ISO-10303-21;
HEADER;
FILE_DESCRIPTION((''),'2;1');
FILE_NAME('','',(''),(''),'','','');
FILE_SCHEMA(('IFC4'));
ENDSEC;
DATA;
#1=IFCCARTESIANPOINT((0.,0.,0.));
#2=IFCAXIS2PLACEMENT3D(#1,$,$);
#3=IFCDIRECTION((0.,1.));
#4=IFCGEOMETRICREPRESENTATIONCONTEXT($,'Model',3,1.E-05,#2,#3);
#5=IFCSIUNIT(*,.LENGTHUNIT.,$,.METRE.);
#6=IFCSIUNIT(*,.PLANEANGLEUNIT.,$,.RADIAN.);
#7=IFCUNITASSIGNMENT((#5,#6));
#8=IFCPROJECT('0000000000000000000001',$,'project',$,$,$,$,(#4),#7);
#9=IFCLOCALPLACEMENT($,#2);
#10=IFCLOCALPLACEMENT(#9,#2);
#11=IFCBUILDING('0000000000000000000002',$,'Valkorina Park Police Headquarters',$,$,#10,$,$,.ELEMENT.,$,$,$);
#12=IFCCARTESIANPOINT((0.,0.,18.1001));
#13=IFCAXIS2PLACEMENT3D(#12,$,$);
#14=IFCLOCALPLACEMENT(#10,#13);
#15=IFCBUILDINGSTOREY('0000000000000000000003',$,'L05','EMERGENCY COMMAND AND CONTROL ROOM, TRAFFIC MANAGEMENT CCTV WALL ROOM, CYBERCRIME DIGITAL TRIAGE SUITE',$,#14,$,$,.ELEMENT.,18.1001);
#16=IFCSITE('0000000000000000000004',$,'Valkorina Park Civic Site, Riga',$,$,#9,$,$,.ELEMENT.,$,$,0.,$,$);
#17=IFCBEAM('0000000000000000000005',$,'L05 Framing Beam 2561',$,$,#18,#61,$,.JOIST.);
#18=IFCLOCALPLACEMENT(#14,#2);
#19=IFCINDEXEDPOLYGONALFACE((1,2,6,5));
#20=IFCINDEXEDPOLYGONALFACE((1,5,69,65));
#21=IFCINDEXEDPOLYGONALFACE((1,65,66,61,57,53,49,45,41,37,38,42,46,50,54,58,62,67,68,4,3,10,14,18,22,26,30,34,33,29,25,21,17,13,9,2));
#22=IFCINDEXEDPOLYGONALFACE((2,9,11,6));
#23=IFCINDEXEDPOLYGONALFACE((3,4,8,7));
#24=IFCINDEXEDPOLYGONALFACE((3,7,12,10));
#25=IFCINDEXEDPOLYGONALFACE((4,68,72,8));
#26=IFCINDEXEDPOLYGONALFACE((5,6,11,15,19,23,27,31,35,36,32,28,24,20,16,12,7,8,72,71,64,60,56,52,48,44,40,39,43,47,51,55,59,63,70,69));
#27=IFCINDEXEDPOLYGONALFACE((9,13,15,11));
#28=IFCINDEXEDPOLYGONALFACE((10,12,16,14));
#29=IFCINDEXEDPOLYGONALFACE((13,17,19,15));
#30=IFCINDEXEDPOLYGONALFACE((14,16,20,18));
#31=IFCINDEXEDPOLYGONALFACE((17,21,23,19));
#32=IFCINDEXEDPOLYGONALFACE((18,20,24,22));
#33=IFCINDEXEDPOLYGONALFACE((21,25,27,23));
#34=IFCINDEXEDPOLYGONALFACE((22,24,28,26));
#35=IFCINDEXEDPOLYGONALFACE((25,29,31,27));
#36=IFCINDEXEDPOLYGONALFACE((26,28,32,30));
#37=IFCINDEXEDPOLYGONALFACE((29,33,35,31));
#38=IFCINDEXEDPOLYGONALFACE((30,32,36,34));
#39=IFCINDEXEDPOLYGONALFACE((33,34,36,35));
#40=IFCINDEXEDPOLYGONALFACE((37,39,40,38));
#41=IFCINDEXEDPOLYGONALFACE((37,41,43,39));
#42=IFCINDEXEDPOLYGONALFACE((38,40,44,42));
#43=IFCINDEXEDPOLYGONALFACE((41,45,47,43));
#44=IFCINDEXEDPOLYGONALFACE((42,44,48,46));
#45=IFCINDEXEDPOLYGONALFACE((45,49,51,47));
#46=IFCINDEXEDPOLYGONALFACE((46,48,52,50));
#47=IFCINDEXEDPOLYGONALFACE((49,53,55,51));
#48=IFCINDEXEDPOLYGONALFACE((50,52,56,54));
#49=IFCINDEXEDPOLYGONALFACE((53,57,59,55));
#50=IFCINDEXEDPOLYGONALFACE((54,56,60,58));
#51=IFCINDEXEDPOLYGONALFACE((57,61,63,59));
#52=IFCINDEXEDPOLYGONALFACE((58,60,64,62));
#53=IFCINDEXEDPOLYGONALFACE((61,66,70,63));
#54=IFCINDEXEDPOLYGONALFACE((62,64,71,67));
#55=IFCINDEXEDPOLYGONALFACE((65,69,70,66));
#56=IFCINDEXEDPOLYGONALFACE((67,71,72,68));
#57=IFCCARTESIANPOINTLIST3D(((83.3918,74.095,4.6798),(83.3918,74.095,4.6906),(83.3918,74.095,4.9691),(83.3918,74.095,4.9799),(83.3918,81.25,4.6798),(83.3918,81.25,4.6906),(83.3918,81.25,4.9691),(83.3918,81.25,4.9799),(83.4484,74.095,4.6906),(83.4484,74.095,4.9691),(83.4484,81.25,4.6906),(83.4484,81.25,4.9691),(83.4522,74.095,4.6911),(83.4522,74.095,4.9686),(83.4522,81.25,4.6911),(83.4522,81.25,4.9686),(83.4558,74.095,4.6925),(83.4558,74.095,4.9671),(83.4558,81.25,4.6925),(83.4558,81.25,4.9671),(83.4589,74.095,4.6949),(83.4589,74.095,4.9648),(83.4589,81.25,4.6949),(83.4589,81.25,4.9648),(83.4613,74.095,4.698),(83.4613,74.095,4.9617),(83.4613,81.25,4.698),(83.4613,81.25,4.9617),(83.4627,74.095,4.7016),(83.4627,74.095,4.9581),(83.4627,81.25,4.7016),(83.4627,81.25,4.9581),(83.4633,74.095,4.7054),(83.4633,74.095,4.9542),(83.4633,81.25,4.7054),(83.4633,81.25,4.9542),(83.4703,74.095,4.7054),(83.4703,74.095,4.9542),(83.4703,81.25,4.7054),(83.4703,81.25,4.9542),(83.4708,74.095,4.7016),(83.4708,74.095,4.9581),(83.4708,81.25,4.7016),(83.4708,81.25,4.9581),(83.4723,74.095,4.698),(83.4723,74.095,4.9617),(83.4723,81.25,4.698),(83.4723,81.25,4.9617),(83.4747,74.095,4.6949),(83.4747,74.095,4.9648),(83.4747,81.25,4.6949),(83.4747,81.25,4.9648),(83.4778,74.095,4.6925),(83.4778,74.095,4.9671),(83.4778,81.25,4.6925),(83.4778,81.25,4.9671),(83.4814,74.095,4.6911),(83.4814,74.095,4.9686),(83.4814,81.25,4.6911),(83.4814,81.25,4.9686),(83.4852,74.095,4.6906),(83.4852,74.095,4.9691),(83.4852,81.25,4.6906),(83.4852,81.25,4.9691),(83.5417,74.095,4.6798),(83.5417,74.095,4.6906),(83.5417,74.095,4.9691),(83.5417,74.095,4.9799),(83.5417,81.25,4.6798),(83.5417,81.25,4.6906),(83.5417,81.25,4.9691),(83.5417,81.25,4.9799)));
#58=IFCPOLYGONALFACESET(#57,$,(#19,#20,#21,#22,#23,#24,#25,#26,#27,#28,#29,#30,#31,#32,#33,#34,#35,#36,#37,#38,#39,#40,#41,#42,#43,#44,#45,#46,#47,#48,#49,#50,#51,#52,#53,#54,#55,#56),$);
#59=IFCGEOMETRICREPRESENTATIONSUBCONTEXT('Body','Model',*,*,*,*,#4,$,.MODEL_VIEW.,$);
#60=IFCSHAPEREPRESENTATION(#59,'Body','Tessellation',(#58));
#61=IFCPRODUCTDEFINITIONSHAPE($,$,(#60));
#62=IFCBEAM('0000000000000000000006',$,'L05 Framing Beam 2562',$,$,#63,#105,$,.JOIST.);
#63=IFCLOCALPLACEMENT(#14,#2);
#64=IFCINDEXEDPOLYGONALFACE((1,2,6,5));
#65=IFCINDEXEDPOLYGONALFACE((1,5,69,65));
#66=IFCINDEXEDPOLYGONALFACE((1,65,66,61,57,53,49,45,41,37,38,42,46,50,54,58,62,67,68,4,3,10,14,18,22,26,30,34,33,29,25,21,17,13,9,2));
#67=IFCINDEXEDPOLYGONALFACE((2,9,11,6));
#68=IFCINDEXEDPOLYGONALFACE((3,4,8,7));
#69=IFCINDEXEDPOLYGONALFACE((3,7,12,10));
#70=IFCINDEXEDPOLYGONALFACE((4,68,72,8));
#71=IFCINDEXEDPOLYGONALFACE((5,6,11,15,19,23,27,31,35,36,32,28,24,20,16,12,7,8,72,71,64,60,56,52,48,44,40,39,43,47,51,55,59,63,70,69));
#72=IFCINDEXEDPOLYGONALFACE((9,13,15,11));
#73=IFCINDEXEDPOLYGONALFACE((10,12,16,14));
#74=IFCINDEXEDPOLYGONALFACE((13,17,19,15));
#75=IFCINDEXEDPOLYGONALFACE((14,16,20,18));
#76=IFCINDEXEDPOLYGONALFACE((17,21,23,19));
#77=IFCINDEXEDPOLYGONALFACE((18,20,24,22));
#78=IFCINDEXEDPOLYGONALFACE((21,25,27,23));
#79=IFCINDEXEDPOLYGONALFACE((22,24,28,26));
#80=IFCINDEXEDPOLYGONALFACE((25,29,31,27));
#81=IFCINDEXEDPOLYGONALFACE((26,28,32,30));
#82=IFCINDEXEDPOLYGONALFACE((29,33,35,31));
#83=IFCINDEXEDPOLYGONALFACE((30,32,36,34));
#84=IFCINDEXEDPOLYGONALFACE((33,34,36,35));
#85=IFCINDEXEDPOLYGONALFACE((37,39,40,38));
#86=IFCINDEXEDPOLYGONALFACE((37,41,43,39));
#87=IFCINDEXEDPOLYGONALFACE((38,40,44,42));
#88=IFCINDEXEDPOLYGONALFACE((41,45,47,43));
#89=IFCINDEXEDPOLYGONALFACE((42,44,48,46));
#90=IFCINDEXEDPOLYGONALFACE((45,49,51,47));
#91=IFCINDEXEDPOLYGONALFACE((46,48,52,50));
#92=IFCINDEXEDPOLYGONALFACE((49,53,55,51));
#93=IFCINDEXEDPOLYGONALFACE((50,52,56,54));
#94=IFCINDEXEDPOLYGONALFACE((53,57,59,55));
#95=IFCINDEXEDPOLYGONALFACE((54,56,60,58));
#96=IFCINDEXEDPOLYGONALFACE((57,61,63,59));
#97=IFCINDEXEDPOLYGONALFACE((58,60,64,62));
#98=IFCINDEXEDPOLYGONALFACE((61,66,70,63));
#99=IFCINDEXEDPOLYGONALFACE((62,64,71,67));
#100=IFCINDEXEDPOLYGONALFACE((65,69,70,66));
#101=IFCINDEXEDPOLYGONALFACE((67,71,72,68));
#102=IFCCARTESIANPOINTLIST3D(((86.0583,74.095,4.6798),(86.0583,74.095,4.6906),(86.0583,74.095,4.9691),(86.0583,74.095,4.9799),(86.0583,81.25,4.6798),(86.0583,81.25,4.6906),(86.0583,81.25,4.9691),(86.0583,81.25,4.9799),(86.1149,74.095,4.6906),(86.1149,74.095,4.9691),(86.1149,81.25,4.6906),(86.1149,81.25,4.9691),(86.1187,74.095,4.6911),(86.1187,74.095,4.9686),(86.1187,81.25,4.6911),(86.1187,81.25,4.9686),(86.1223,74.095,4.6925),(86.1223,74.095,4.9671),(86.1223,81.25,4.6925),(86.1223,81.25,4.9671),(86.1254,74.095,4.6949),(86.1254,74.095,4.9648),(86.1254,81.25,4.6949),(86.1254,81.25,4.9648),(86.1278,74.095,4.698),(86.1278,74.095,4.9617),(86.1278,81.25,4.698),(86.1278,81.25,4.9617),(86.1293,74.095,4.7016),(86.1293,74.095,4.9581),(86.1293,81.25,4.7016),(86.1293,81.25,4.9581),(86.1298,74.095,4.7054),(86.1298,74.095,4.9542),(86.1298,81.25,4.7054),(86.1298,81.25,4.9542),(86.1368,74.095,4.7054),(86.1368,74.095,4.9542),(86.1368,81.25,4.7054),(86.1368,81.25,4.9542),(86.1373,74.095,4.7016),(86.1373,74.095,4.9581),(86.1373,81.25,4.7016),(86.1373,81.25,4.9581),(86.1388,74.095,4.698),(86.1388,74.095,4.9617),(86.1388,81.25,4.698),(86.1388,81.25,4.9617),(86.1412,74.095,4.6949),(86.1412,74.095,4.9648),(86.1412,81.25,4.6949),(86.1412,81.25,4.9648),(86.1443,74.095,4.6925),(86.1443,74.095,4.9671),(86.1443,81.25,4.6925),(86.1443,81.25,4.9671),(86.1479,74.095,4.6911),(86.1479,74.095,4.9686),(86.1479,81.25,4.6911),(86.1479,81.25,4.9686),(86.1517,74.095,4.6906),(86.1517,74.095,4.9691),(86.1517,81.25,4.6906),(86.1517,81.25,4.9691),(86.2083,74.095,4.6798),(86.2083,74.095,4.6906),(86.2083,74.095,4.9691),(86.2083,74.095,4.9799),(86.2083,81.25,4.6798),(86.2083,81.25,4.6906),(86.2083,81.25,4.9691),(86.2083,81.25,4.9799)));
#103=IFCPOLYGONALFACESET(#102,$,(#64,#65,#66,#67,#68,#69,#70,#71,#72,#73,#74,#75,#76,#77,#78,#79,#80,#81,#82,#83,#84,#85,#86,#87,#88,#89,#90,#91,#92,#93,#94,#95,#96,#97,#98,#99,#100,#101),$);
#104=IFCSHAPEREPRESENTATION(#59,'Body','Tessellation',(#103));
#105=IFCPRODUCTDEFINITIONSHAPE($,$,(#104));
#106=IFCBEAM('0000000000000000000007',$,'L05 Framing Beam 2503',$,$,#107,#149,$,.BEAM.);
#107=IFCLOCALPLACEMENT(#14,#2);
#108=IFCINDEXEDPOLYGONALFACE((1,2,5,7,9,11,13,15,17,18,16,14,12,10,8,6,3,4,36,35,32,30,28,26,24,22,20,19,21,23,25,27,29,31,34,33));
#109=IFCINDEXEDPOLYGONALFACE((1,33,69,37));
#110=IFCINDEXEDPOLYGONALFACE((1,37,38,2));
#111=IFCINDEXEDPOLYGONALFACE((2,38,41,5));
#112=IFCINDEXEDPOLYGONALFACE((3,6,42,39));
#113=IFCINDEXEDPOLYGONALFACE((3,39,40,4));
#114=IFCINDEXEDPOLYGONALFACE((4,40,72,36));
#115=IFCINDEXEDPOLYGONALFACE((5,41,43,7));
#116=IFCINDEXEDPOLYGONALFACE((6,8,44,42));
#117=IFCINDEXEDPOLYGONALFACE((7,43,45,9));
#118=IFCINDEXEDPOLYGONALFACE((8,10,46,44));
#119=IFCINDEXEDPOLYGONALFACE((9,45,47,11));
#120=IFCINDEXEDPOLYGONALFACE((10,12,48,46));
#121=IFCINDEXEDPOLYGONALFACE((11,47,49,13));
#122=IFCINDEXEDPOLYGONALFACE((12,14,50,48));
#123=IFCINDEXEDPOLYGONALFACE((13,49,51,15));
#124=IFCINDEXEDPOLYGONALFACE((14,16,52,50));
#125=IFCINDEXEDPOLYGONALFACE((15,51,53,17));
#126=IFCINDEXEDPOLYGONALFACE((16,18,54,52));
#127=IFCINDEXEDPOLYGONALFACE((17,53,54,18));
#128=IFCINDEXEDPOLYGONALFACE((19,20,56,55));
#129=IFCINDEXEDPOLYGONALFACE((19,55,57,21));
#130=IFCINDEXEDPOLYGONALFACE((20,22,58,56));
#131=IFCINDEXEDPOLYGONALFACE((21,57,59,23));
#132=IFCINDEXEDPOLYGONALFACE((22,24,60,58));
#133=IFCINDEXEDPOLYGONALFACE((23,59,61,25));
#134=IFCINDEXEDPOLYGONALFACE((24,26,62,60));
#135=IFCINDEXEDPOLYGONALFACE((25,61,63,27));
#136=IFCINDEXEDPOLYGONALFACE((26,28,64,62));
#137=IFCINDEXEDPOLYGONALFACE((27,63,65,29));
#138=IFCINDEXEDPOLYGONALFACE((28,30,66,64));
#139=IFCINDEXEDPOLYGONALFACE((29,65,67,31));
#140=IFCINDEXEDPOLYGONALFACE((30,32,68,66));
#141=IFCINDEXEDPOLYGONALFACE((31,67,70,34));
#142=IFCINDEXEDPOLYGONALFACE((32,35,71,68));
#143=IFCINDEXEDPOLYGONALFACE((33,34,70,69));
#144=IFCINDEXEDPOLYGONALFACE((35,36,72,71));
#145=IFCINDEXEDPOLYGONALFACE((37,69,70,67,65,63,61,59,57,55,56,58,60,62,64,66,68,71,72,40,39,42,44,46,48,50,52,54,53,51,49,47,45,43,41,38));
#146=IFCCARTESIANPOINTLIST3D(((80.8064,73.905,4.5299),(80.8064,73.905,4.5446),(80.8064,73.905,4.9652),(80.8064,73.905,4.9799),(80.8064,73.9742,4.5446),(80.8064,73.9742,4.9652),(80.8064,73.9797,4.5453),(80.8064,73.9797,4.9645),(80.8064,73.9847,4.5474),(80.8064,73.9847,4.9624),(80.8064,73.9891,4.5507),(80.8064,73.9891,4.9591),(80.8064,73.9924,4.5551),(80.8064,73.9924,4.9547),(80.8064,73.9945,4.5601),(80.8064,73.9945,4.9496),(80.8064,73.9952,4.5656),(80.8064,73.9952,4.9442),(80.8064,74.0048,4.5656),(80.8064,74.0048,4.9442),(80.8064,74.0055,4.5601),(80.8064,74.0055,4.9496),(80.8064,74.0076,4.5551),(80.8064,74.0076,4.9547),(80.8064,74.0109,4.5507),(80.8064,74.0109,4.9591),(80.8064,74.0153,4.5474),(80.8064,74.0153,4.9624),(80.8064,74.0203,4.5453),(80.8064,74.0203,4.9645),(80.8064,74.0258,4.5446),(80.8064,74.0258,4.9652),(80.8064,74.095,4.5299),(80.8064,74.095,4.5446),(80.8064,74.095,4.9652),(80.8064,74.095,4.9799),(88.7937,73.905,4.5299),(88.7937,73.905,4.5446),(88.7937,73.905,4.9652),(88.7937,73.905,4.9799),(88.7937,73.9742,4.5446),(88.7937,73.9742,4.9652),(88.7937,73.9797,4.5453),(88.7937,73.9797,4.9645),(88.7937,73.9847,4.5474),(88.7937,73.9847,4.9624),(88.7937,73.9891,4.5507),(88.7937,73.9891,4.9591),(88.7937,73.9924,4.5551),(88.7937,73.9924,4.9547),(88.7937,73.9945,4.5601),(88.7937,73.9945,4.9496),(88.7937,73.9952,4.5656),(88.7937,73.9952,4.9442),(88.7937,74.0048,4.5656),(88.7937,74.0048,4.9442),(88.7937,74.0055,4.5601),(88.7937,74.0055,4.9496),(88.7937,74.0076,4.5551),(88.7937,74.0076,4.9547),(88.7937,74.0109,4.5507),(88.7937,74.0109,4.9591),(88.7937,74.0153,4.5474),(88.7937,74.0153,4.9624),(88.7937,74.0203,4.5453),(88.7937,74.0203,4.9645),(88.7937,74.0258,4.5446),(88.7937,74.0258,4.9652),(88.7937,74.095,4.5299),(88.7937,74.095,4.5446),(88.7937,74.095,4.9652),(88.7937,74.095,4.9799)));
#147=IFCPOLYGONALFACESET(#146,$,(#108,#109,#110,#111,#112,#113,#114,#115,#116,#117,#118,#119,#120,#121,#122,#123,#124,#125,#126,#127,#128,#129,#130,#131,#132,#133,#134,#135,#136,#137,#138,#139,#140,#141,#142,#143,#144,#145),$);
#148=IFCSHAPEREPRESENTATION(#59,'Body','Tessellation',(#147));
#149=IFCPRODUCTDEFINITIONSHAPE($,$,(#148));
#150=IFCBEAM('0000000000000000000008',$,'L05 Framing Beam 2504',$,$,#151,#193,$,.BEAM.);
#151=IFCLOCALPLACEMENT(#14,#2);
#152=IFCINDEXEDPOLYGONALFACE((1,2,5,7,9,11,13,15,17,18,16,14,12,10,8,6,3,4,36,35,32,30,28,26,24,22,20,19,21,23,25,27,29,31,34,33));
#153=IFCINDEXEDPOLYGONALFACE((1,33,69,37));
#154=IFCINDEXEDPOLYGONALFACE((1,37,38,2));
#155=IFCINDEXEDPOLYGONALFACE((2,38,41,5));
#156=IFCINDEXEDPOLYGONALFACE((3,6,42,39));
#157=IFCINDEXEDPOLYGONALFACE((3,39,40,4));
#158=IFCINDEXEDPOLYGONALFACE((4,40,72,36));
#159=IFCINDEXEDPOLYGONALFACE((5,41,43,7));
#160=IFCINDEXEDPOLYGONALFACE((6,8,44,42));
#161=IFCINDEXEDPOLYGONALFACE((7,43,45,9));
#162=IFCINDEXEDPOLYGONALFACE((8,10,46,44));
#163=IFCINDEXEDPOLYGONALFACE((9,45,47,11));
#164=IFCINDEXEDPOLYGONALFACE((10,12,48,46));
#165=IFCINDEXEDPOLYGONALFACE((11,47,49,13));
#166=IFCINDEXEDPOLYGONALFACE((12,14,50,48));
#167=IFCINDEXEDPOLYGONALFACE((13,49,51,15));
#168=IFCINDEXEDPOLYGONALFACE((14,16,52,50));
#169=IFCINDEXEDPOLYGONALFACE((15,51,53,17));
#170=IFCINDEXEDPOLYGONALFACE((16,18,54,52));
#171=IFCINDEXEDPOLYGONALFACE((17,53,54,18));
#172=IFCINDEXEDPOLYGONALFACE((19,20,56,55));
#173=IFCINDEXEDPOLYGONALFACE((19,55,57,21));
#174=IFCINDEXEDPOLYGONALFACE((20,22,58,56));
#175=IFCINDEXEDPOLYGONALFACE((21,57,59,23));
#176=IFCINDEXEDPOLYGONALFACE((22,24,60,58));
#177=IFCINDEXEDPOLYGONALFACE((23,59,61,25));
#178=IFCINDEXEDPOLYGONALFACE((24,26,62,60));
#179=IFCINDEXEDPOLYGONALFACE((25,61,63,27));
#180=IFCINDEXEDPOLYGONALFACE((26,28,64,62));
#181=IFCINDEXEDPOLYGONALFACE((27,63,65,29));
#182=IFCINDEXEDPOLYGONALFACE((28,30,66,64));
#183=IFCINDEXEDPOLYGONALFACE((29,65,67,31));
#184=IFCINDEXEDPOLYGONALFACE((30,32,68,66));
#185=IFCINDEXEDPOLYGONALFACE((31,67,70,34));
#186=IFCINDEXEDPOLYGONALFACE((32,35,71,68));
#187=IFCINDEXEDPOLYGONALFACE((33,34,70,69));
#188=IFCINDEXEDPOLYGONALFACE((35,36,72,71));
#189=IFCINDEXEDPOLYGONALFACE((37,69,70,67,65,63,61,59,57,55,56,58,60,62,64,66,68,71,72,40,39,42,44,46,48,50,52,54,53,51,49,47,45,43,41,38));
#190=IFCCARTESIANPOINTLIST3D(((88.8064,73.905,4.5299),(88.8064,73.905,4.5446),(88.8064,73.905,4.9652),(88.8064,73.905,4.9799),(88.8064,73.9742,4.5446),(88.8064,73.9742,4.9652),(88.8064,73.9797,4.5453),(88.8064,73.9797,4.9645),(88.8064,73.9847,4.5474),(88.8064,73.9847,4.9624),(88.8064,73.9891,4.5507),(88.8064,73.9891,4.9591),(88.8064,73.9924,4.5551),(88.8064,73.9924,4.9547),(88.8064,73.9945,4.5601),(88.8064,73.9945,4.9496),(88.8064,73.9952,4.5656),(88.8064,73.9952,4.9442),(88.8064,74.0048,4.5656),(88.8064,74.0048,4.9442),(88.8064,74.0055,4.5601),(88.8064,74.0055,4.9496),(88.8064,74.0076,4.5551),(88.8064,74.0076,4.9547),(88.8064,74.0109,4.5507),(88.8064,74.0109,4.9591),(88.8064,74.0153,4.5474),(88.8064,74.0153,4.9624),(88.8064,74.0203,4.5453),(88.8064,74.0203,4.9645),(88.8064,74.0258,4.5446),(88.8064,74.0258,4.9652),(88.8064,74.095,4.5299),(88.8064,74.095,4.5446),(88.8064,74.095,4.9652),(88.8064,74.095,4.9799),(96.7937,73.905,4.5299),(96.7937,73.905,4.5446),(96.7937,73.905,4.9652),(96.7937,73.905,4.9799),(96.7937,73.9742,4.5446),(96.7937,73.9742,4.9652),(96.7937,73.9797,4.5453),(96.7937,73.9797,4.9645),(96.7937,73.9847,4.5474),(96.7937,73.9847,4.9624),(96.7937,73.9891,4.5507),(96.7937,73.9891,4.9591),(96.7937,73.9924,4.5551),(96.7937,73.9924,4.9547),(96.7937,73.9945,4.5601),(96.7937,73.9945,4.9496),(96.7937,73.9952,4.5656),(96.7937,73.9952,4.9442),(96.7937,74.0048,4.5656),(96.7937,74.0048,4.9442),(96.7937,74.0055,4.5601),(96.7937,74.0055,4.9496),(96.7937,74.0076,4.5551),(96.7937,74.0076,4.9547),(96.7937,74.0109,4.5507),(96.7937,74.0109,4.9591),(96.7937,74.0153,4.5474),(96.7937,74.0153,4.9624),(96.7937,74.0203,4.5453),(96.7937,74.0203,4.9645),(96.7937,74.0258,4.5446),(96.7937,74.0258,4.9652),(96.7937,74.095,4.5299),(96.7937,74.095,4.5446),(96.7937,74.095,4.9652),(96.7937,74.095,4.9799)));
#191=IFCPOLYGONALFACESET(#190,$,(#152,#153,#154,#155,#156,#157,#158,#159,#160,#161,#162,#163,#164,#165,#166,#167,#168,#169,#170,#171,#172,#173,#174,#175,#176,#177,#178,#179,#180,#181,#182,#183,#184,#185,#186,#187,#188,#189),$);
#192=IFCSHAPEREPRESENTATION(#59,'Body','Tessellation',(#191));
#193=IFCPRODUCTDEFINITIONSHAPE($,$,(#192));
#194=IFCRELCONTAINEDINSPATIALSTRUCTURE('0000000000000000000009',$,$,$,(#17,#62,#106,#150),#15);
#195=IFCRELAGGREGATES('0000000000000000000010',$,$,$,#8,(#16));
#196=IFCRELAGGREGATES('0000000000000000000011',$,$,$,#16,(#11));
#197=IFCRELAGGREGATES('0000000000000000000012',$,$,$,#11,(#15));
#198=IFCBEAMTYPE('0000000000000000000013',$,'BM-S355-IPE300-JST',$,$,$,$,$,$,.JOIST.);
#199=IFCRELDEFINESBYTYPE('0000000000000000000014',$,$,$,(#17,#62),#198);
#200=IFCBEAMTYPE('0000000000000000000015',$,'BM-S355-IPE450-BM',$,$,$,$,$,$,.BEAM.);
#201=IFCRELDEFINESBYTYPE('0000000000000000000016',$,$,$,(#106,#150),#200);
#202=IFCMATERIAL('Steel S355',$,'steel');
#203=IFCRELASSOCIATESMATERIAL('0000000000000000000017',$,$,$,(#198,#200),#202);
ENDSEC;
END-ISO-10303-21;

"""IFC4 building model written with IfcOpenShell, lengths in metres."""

from ifc_helpers import new_model, si_unit, direction, frame, origin, origin_2d, place, context, subcontext, project, spatial, i_section, extrude, material, material_profile, profile_set, type_object, element, save


model = new_model("IFC4")

# Units and contexts
model_context = context("Model", 3, precision=1e-05, world=origin(), true_north=direction((0.0, 1.0)))
body_context = subcontext(model_context, "Body", "Model", "MODEL_VIEW")
ifc_project = project(units=[si_unit("LENGTHUNIT", "METRE"), si_unit("PLANEANGLEUNIT", "RADIAN")], contexts=[model_context])

# Site, building, storey
site_placement = place(None, origin())
site = spatial("IfcSite", under=ifc_project, at=site_placement, Name="Valkorina Park Civic Site, Riga", CompositionType="ELEMENT", RefElevation=0.0)
building_placement = place(site_placement, origin())
building = spatial("IfcBuilding", under=site, at=building_placement, Name="Valkorina Park Police Headquarters", CompositionType="ELEMENT")
storey_placement = place(building_placement, frame((0.0, 0.0, 18.1001)))
storey = spatial("IfcBuildingStorey", under=building, at=storey_placement, Name="L05", Description="EMERGENCY COMMAND AND CONTROL ROOM, TRAFFIC MANAGEMENT CCTV WALL ROOM, CYBERCRIME DIGITAL TRIAGE SUITE", CompositionType="ELEMENT", Elevation=18.1001)

# Shared definitions
ifc_material_1 = material(Name="Steel S355", Category="steel")

# Beams
ifc_material_profile_1 = material_profile(ifc_material_1, i_section(OverallWidth=0.1499, OverallDepth=0.3, WebThickness=0.0071, FlangeThickness=0.0107, FilletRadius=0.0149, at=origin_2d()), Name="IPE 300")
ifc_profile_set_1 = profile_set([ifc_material_profile_1], Name="Steel S355")
beam_type_1 = type_object("IfcBeamType", Name="BM-S355-IPE300-JST", PredefinedType="JOIST", material=ifc_profile_set_1)
for number, where, z_axis, x_axis, name in (
    (1, (83.4668, 74.095, 4.8298), (0.0, 1.0, 0.0), (-1.0, 0.0, 0.0), "L05 Framing Beam 2561"),
    (2, (86.1333, 74.095, 4.8298), (0.0, 1.0, 0.0), (-1.0, 0.0, 0.0), "L05 Framing Beam 2562"),
):
    element("IfcBeam", number, at=place(storey_placement, frame(where, z_axis=z_axis, x_axis=x_axis)), inside=storey, type_object=beam_type_1, Name=name, PredefinedType="JOIST", context=body_context, shape_type="SweptSolid", body=[
        extrude(i_section(OverallWidth=0.1499, OverallDepth=0.3, WebThickness=0.0071, FlangeThickness=0.0107, FilletRadius=0.0149, at=origin_2d()), origin(), (0.0, 0.0, 1.0), 7.155),
    ])
ifc_material_profile_2 = material_profile(ifc_material_1, i_section(OverallWidth=0.1899, OverallDepth=0.45, WebThickness=0.0095, FlangeThickness=0.0146, FilletRadius=0.021, at=origin_2d()), Name="IPE 450")
ifc_profile_set_2 = profile_set([ifc_material_profile_2], Name="Steel S355")
beam_type_2 = type_object("IfcBeamType", Name="BM-S355-IPE450-BM", PredefinedType="BEAM", material=ifc_profile_set_2)
for number, where, z_axis, x_axis, name in (
    (3, (80.8064, 74.0, 4.7549), (1.0, 0.0, 0.0), (0.0, 1.0, 0.0), "L05 Framing Beam 2503"),
    (4, (88.8064, 74.0, 4.7549), (1.0, 0.0, 0.0), (0.0, 1.0, 0.0), "L05 Framing Beam 2504"),
):
    element("IfcBeam", number, at=place(storey_placement, frame(where, z_axis=z_axis, x_axis=x_axis)), inside=storey, type_object=beam_type_2, Name=name, PredefinedType="BEAM", context=body_context, shape_type="SweptSolid", body=[
        extrude(i_section(OverallWidth=0.1899, OverallDepth=0.45, WebThickness=0.0095, FlangeThickness=0.0146, FilletRadius=0.021, at=origin_2d()), origin(), (0.0, 0.0, 1.0), 7.9873),
    ])

save(model, "model.ifc")
